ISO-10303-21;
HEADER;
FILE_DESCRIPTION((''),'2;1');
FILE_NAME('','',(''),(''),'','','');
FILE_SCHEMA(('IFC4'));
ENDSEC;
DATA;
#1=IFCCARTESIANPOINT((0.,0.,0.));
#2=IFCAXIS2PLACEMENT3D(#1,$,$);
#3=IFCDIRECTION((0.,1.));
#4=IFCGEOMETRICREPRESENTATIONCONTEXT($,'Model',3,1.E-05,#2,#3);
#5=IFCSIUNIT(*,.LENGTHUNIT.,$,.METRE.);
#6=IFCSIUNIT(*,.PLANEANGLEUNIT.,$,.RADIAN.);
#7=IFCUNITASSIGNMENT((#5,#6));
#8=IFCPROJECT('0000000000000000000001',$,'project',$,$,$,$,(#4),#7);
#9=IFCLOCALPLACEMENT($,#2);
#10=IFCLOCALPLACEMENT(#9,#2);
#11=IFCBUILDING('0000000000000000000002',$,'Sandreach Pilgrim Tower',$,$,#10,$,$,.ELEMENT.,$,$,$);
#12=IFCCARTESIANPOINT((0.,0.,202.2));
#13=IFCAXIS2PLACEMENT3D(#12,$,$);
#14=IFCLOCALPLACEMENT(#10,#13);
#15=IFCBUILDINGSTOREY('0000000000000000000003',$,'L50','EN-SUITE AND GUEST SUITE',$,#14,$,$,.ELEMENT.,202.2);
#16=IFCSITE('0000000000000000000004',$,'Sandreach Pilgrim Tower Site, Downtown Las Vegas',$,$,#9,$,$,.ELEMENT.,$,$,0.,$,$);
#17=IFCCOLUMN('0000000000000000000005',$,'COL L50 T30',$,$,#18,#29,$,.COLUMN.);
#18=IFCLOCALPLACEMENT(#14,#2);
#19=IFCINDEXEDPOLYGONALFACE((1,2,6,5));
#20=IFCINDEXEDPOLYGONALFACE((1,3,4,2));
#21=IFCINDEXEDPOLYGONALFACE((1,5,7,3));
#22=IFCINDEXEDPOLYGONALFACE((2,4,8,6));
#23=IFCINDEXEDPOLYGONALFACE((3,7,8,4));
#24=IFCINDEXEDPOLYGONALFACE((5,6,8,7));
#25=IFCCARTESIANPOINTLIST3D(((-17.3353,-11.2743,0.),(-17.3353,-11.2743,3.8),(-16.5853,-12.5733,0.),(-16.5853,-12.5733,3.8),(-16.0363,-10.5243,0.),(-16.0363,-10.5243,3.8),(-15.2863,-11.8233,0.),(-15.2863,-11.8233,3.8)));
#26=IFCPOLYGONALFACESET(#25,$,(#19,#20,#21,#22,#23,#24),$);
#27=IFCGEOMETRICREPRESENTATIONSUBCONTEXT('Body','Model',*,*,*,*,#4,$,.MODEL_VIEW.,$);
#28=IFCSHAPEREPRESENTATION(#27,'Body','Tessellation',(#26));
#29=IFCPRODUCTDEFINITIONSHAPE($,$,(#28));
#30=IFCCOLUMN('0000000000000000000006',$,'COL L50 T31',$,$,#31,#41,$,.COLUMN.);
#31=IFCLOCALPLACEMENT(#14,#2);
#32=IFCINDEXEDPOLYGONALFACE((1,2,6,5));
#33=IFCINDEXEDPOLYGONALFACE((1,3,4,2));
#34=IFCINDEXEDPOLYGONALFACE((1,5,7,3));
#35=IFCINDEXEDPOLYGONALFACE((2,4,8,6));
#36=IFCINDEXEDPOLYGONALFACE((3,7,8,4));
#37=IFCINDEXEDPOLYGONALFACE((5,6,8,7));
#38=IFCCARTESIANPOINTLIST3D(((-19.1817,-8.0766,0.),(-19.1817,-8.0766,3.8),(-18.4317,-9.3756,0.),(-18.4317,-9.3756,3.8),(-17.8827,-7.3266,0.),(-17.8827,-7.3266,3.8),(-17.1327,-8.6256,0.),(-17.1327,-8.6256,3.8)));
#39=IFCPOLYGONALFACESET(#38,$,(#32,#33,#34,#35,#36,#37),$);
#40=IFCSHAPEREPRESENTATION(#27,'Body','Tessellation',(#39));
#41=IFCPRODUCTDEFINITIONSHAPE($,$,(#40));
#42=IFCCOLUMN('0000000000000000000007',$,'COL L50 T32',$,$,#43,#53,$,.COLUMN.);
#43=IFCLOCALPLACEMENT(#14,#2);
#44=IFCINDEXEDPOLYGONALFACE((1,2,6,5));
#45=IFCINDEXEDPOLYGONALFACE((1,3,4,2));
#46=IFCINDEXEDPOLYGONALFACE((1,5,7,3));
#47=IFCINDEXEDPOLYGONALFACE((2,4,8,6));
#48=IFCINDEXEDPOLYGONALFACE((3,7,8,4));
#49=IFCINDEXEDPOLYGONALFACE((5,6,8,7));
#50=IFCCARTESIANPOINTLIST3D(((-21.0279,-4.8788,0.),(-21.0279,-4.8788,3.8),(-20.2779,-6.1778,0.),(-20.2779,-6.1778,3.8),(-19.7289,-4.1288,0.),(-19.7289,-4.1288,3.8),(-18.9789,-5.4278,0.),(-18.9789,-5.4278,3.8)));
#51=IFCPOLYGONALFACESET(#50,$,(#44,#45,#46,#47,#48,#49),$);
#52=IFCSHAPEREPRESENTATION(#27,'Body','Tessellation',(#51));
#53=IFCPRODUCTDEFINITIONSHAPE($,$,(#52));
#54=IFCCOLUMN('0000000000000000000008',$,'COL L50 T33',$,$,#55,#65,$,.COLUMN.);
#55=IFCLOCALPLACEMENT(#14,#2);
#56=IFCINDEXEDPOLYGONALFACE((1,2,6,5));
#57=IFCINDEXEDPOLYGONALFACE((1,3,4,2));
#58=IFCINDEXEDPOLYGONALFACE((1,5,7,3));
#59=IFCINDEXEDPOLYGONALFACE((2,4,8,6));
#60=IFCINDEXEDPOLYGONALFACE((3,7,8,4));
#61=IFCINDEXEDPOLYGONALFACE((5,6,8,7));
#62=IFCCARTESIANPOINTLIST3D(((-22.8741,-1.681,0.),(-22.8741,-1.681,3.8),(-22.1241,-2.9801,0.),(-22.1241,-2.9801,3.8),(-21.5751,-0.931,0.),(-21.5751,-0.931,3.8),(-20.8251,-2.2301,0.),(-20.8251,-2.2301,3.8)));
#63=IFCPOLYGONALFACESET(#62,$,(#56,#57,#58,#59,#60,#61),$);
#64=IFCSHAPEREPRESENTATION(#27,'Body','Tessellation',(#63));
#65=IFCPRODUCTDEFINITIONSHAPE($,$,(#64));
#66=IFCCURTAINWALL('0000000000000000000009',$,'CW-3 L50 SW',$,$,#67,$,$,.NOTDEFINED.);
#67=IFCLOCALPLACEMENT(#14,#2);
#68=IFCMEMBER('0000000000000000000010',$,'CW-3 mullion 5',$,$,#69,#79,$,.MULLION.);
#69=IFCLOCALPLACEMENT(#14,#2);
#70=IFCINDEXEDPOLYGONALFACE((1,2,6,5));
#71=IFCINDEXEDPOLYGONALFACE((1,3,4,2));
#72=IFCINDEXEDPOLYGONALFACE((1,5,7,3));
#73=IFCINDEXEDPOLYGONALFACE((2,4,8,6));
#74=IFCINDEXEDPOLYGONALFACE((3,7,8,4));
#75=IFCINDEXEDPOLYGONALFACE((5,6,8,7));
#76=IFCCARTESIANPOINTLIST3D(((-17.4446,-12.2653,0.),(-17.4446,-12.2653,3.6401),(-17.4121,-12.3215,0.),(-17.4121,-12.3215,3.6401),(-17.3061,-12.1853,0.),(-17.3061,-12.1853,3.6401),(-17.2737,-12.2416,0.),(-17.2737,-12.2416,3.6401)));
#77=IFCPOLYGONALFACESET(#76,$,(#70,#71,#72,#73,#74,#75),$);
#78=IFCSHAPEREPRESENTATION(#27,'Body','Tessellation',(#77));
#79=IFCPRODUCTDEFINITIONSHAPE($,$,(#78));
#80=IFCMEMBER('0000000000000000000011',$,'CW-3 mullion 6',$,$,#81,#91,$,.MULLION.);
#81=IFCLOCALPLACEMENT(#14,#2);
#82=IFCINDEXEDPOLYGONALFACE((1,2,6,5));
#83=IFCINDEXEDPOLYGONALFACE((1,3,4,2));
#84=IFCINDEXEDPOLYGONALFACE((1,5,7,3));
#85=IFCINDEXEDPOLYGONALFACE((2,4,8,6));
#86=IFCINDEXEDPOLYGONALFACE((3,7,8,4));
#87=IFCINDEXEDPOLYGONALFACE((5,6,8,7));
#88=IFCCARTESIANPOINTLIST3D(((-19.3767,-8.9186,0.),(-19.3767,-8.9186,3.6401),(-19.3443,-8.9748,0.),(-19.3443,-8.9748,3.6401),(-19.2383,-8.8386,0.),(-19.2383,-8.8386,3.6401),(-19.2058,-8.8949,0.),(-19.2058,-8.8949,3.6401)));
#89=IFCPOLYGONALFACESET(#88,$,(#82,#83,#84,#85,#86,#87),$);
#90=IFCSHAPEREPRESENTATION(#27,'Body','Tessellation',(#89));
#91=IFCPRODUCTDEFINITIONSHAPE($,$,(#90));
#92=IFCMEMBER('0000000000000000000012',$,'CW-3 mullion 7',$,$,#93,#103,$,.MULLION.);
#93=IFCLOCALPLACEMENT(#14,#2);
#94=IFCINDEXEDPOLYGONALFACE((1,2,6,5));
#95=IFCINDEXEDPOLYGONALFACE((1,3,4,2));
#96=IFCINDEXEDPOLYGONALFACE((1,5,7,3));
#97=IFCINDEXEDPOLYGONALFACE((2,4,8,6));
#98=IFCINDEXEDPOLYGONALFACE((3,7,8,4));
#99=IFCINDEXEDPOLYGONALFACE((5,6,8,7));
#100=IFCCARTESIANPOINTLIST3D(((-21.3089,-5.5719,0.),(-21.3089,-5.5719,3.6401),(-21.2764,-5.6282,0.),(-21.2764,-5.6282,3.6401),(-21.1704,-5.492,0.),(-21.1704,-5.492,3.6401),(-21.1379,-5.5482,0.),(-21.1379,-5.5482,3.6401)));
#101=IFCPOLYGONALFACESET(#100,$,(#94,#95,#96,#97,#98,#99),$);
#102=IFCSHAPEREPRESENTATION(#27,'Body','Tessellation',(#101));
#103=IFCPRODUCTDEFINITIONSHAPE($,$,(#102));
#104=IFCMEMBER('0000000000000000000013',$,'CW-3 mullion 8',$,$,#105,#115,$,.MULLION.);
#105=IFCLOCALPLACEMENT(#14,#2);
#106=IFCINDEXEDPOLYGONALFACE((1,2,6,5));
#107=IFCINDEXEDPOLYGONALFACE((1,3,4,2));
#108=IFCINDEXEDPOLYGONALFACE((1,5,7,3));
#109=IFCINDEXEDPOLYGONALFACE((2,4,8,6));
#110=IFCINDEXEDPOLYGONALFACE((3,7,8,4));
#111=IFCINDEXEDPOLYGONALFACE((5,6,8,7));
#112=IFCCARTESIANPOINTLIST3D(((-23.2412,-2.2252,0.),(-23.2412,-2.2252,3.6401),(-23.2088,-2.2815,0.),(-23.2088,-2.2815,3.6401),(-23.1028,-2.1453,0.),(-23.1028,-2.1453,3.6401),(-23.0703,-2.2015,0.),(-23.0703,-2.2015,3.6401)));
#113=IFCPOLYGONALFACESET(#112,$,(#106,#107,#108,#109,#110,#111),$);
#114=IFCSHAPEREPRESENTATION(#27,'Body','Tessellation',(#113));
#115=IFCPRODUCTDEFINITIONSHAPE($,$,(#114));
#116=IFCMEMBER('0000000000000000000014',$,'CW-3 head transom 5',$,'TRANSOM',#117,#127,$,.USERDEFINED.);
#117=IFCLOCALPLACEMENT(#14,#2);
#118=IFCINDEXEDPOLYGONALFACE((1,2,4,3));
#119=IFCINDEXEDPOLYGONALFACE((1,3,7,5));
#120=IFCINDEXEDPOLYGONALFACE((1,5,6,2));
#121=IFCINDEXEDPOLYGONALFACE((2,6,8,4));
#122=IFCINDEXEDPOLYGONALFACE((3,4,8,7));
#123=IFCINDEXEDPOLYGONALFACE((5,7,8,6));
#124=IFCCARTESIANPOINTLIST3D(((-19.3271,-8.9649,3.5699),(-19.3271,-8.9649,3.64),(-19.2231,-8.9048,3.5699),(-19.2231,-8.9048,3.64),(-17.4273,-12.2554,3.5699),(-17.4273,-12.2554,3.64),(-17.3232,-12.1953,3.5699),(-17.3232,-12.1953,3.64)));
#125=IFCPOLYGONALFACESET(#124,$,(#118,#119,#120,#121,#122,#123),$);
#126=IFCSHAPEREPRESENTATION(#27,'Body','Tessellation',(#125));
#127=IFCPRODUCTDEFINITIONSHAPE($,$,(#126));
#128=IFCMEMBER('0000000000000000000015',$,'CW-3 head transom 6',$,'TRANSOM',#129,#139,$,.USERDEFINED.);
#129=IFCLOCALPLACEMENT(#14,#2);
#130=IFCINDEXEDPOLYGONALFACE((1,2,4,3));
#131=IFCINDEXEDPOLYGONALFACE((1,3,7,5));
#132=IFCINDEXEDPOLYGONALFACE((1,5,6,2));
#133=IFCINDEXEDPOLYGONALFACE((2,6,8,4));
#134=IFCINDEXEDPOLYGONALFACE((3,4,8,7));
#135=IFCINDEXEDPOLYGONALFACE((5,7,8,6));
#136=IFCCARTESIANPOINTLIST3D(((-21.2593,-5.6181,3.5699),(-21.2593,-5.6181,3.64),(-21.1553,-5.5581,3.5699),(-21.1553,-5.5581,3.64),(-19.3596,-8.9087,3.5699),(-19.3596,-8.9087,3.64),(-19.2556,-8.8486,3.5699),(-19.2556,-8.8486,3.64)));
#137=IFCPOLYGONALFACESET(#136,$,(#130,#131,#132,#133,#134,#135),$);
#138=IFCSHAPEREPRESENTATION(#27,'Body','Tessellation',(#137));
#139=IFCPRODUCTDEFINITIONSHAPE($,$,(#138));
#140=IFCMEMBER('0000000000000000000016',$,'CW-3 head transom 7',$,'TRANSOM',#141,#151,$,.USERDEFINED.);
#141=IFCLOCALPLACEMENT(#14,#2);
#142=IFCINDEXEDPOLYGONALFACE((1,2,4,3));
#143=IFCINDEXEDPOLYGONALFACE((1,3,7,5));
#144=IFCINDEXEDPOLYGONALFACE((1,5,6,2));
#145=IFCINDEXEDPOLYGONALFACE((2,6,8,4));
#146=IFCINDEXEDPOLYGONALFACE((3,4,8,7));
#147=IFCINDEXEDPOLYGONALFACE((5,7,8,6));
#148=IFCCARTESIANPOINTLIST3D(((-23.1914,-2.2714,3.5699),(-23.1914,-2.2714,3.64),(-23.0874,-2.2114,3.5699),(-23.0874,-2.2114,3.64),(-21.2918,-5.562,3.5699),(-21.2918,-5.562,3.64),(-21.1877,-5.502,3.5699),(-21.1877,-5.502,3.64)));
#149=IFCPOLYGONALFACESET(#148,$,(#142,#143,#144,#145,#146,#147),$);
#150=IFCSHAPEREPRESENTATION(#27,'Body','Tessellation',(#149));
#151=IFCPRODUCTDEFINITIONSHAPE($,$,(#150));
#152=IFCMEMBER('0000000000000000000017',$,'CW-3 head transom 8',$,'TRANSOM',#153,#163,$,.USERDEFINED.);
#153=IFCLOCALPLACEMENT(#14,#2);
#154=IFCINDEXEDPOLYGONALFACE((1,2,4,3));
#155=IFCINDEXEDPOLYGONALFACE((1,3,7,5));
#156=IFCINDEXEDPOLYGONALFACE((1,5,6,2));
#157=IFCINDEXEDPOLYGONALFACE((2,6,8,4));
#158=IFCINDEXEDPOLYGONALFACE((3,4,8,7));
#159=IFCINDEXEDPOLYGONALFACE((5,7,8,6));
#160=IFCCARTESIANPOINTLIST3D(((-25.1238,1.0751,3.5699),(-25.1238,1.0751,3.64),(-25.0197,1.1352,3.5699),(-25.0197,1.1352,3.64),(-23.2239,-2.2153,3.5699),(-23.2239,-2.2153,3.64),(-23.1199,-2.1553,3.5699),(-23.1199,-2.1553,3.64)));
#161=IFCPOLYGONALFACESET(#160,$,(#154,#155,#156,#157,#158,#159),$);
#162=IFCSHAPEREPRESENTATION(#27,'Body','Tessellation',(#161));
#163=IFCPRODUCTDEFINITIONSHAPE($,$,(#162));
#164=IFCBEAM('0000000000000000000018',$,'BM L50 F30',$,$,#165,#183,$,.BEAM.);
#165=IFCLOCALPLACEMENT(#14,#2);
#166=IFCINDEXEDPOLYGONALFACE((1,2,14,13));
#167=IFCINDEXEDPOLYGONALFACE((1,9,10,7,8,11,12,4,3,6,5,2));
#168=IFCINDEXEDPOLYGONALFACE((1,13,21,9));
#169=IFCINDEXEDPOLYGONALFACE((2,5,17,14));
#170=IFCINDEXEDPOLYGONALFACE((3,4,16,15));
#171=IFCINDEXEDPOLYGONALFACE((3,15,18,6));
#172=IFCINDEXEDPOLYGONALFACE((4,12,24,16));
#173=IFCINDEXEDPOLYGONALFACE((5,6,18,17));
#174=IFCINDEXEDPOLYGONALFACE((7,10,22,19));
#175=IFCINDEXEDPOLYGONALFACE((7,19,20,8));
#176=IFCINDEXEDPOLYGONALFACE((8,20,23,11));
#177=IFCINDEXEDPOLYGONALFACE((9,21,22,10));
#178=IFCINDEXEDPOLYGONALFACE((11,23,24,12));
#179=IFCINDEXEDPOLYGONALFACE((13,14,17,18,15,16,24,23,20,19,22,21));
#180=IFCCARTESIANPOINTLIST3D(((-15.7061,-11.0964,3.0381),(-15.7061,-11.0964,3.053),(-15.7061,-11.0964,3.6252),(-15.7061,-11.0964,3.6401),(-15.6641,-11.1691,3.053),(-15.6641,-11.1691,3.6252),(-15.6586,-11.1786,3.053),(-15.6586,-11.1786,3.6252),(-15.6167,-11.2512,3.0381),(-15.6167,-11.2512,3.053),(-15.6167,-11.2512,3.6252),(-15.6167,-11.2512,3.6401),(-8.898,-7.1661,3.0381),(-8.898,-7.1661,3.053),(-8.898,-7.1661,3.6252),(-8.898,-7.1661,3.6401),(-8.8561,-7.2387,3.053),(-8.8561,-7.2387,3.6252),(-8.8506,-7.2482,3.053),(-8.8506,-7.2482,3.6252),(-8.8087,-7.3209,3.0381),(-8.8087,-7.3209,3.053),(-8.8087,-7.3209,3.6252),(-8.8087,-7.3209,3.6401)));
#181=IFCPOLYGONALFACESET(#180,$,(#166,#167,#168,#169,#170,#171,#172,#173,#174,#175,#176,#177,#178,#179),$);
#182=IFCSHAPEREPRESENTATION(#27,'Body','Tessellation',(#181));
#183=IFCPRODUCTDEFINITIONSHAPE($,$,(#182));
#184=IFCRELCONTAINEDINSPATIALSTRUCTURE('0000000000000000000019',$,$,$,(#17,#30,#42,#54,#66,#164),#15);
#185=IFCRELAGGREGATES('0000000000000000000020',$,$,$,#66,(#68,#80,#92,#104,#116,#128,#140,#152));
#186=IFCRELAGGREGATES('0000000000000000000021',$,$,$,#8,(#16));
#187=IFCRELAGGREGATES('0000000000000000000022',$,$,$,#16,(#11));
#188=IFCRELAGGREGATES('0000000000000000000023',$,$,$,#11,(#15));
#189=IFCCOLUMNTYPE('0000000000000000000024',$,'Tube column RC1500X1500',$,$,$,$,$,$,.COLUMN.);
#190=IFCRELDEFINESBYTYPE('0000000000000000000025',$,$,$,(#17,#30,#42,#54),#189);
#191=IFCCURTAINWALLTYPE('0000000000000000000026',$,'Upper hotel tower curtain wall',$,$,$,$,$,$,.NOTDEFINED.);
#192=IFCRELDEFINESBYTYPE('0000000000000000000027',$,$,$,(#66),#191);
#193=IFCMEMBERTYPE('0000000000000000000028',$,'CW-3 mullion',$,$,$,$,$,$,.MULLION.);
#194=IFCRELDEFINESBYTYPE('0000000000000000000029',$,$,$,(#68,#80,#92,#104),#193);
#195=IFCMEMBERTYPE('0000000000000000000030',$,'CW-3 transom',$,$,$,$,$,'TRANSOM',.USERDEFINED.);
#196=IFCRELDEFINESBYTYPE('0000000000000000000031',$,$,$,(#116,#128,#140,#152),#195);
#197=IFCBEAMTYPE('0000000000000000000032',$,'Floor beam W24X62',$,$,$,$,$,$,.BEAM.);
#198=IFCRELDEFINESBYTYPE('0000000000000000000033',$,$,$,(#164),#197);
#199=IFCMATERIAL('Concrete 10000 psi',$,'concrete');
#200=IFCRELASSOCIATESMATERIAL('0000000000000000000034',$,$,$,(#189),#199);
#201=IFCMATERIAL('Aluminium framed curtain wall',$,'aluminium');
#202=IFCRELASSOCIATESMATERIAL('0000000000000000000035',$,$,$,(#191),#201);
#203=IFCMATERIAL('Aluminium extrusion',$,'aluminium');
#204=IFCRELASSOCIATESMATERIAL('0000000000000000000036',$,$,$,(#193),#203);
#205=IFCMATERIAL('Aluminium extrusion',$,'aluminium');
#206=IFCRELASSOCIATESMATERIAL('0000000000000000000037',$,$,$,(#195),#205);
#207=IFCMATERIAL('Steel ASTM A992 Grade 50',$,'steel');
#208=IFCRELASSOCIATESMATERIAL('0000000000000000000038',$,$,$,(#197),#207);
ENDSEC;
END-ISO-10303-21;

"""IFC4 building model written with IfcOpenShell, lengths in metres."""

from ifc_helpers import new_model, si_unit, direction, frame, origin, origin_2d, place, context, subcontext, project, spatial, rectangle, i_section, extrude, material, material_profile, profile_set, type_object, element, aggregate, save


model = new_model("IFC4")

# Units and contexts
model_context = context("Model", 3, precision=1e-05, world=origin(), true_north=direction((0.0, 1.0)))
body_context = subcontext(model_context, "Body", "Model", "MODEL_VIEW")
ifc_project = project(units=[si_unit("LENGTHUNIT", "METRE"), si_unit("PLANEANGLEUNIT", "RADIAN")], contexts=[model_context])

# Site, building, storey
site_placement = place(None, origin())
site = spatial("IfcSite", under=ifc_project, at=site_placement, Name="Sandreach Pilgrim Tower Site, Downtown Las Vegas", CompositionType="ELEMENT", RefElevation=0.0)
building_placement = place(site_placement, origin())
building = spatial("IfcBuilding", under=site, at=building_placement, Name="Sandreach Pilgrim Tower", CompositionType="ELEMENT")
storey_placement = place(building_placement, frame((0.0, 0.0, 202.2)))
storey = spatial("IfcBuildingStorey", under=building, at=storey_placement, Name="L50", Description="EN-SUITE AND GUEST SUITE", CompositionType="ELEMENT", Elevation=202.2)

# Columns
ifc_material_1 = material(Name="Concrete 10000 psi", Category="concrete")
ifc_material_profile_1 = material_profile(ifc_material_1, rectangle(XDim=1.5, YDim=1.5, at=origin_2d()), Name="RC1500X1500")
ifc_profile_set_1 = profile_set([ifc_material_profile_1], Name="Concrete 10000 psi")
column_type = type_object("IfcColumnType", Name="Tube column RC1500X1500", PredefinedType="COLUMN", material=ifc_profile_set_1)
for number, where, z_axis, x_axis, name in (
    (1, (-16.3108, -11.5488, 0.0), (0.0, 0.0, 1.0), (-0.866025, -0.5, 0.0), "COL L50 T30"),
    (2, (-18.1572, -8.3511, 0.0), (0.0, 0.0, 1.0), (-0.866025, -0.5, 0.0), "COL L50 T31"),
    (3, (-20.0034, -5.1533, 0.0), (0.0, 0.0, 1.0), (-0.866025, -0.5, 0.0), "COL L50 T32"),
    (4, (-21.8496, -1.9556, 0.0), (0.0, 0.0, 1.0), (-0.866025, -0.5, 0.0), "COL L50 T33"),
):
    element("IfcColumn", number, at=place(storey_placement, frame(where, z_axis=z_axis, x_axis=x_axis)), inside=storey, type_object=column_type, Name=name, PredefinedType="COLUMN", context=body_context, shape_type="SweptSolid", body=[
        extrude(rectangle(XDim=1.5, YDim=1.5, at=origin_2d()), origin(), (0.0, 0.0, 1.0), 3.8),
    ])

# Curtain wall, members
ifc_material_2 = material(Name="Aluminium framed curtain wall", Category="aluminium")
curtain_wall_type = type_object("IfcCurtainWallType", Name="Upper hotel tower curtain wall", PredefinedType="NOTDEFINED", material=ifc_material_2)
curtain_wall_placement = place(storey_placement, origin())
curtain_wall = element("IfcCurtainWall", 5, at=curtain_wall_placement, inside=storey, type_object=curtain_wall_type, Name="CW-3 L50 SW", PredefinedType="NOTDEFINED")
ifc_material_3 = material(Name="Aluminium extrusion", Category="aluminium")
ifc_material_profile_2 = material_profile(ifc_material_3, rectangle(XDim=0.0649, YDim=0.1599, at=origin_2d()), Name="CW-3M 65X160")
ifc_profile_set_2 = profile_set([ifc_material_profile_2], Name="Aluminium extrusion")
member_type_1 = type_object("IfcMemberType", Name="CW-3 mullion", PredefinedType="MULLION", material=ifc_profile_set_2)
member_1_placement = place(storey_placement, frame((-17.3591, -12.2534, 0.0), z_axis=(0.0, 0.0, 1.0), x_axis=(-0.5, 0.866025, 0.0)))
member_1 = element("IfcMember", 6, at=member_1_placement, type_object=member_type_1, Name="CW-3 mullion 5", PredefinedType="MULLION", context=body_context, shape_type="SweptSolid", body=[
    extrude(rectangle(XDim=0.0649, YDim=0.1599, at=origin_2d()), origin(), (0.0, 0.0, 1.0), 3.6401),
])
member_2_placement = place(storey_placement, frame((-19.2913, -8.9067, 0.0), z_axis=(0.0, 0.0, 1.0), x_axis=(-0.5, 0.866025, 0.0)))
member_2 = element("IfcMember", 7, at=member_2_placement, type_object=member_type_1, Name="CW-3 mullion 6", PredefinedType="MULLION", context=body_context, shape_type="SweptSolid", body=[
    extrude(rectangle(XDim=0.0649, YDim=0.1599, at=origin_2d()), origin(), (0.0, 0.0, 1.0), 3.6401),
])
member_3_placement = place(storey_placement, frame((-21.2234, -5.5601, 0.0), z_axis=(0.0, 0.0, 1.0), x_axis=(-0.5, 0.866025, 0.0)))
member_3 = element("IfcMember", 8, at=member_3_placement, type_object=member_type_1, Name="CW-3 mullion 7", PredefinedType="MULLION", context=body_context, shape_type="SweptSolid", body=[
    extrude(rectangle(XDim=0.0649, YDim=0.1599, at=origin_2d()), origin(), (0.0, 0.0, 1.0), 3.6401),
])
member_4_placement = place(storey_placement, frame((-23.1558, -2.2134, 0.0), z_axis=(0.0, 0.0, 1.0), x_axis=(-0.5, 0.866025, 0.0)))
member_4 = element("IfcMember", 9, at=member_4_placement, type_object=member_type_1, Name="CW-3 mullion 8", PredefinedType="MULLION", context=body_context, shape_type="SweptSolid", body=[
    extrude(rectangle(XDim=0.0649, YDim=0.1599, at=origin_2d()), origin(), (0.0, 0.0, 1.0), 3.6401),
])
ifc_material_4 = material(Name="Aluminium extrusion", Category="aluminium")
ifc_material_profile_3 = material_profile(ifc_material_4, rectangle(XDim=0.1201, YDim=0.0701, at=origin_2d()), Name="CW-3T 120X70")
ifc_profile_set_3 = profile_set([ifc_material_profile_3], Name="Aluminium extrusion")
member_type_2 = type_object("IfcMemberType", Name="CW-3 transom", ElementType="TRANSOM", PredefinedType="USERDEFINED", material=ifc_profile_set_3)
member_5_placement = place(storey_placement, frame((-17.3752, -12.2253, 3.605), z_axis=(-0.500023, 0.866012, 0.0), x_axis=(-0.866012, -0.500023, 0.0)))
member_5 = element("IfcMember", 10, at=member_5_placement, type_object=member_type_2, Name="CW-3 head transom 5", ObjectType="TRANSOM", PredefinedType="USERDEFINED", context=body_context, shape_type="SweptSolid", body=[
    extrude(rectangle(XDim=0.1201, YDim=0.0701, at=origin_2d()), origin(), (0.0, 0.0, 1.0), 3.7996),
])
member_6_placement = place(storey_placement, frame((-19.3076, -8.8787, 3.605), z_axis=(-0.499975, 0.86604, 0.0), x_axis=(-0.86604, -0.499975, 0.0)))
member_6 = element("IfcMember", 11, at=member_6_placement, type_object=member_type_2, Name="CW-3 head transom 6", ObjectType="TRANSOM", PredefinedType="USERDEFINED", context=body_context, shape_type="SweptSolid", body=[
    extrude(rectangle(XDim=0.1201, YDim=0.0701, at=origin_2d()), origin(), (0.0, 0.0, 1.0), 3.7996),
])
member_7_placement = place(storey_placement, frame((-21.2397, -5.532, 3.605), z_axis=(-0.499975, 0.86604, 0.0), x_axis=(-0.86604, -0.499975, 0.0)))
member_7 = element("IfcMember", 12, at=member_7_placement, type_object=member_type_2, Name="CW-3 head transom 7", ObjectType="TRANSOM", PredefinedType="USERDEFINED", context=body_context, shape_type="SweptSolid", body=[
    extrude(rectangle(XDim=0.1201, YDim=0.0701, at=origin_2d()), origin(), (0.0, 0.0, 1.0), 3.7996),
])
member_8_placement = place(storey_placement, frame((-23.1719, -2.1853, 3.605), z_axis=(-0.500023, 0.866012, 0.0), x_axis=(-0.866012, -0.500023, 0.0)))
member_8 = element("IfcMember", 13, at=member_8_placement, type_object=member_type_2, Name="CW-3 head transom 8", ObjectType="TRANSOM", PredefinedType="USERDEFINED", context=body_context, shape_type="SweptSolid", body=[
    extrude(rectangle(XDim=0.1201, YDim=0.0701, at=origin_2d()), origin(), (0.0, 0.0, 1.0), 3.7996),
])

# Beam
ifc_material_5 = material(Name="Steel ASTM A992 Grade 50", Category="steel")
ifc_material_profile_4 = material_profile(ifc_material_5, i_section(OverallWidth=0.1787, OverallDepth=0.6021, WebThickness=0.011, FlangeThickness=0.0149, at=origin_2d()), Name="W24X62")
ifc_profile_set_4 = profile_set([ifc_material_profile_4], Name="Steel ASTM A992 Grade 50")
beam_type_1 = type_object("IfcBeamType", Name="Floor beam W24X62", PredefinedType="BEAM", material=ifc_profile_set_4)
beam_1_placement = place(storey_placement, frame((-15.6614, -11.1738, 3.3391), z_axis=(0.866039, 0.499977, 0.0), x_axis=(-0.499977, 0.866039, 0.0)))
element("IfcBeam", 14, at=beam_1_placement, inside=storey, type_object=beam_type_1, Name="BM L50 F30", PredefinedType="BEAM", context=body_context, shape_type="SweptSolid", body=[
    extrude(i_section(OverallWidth=0.1787, OverallDepth=0.6021, WebThickness=0.011, FlangeThickness=0.0149, at=origin_2d()), origin(), (0.0, 0.0, 1.0), 7.8611),
])

aggregate(curtain_wall, [member_1, member_2, member_3, member_4, member_5, member_6, member_7, member_8])

save(model, "model.ifc")
